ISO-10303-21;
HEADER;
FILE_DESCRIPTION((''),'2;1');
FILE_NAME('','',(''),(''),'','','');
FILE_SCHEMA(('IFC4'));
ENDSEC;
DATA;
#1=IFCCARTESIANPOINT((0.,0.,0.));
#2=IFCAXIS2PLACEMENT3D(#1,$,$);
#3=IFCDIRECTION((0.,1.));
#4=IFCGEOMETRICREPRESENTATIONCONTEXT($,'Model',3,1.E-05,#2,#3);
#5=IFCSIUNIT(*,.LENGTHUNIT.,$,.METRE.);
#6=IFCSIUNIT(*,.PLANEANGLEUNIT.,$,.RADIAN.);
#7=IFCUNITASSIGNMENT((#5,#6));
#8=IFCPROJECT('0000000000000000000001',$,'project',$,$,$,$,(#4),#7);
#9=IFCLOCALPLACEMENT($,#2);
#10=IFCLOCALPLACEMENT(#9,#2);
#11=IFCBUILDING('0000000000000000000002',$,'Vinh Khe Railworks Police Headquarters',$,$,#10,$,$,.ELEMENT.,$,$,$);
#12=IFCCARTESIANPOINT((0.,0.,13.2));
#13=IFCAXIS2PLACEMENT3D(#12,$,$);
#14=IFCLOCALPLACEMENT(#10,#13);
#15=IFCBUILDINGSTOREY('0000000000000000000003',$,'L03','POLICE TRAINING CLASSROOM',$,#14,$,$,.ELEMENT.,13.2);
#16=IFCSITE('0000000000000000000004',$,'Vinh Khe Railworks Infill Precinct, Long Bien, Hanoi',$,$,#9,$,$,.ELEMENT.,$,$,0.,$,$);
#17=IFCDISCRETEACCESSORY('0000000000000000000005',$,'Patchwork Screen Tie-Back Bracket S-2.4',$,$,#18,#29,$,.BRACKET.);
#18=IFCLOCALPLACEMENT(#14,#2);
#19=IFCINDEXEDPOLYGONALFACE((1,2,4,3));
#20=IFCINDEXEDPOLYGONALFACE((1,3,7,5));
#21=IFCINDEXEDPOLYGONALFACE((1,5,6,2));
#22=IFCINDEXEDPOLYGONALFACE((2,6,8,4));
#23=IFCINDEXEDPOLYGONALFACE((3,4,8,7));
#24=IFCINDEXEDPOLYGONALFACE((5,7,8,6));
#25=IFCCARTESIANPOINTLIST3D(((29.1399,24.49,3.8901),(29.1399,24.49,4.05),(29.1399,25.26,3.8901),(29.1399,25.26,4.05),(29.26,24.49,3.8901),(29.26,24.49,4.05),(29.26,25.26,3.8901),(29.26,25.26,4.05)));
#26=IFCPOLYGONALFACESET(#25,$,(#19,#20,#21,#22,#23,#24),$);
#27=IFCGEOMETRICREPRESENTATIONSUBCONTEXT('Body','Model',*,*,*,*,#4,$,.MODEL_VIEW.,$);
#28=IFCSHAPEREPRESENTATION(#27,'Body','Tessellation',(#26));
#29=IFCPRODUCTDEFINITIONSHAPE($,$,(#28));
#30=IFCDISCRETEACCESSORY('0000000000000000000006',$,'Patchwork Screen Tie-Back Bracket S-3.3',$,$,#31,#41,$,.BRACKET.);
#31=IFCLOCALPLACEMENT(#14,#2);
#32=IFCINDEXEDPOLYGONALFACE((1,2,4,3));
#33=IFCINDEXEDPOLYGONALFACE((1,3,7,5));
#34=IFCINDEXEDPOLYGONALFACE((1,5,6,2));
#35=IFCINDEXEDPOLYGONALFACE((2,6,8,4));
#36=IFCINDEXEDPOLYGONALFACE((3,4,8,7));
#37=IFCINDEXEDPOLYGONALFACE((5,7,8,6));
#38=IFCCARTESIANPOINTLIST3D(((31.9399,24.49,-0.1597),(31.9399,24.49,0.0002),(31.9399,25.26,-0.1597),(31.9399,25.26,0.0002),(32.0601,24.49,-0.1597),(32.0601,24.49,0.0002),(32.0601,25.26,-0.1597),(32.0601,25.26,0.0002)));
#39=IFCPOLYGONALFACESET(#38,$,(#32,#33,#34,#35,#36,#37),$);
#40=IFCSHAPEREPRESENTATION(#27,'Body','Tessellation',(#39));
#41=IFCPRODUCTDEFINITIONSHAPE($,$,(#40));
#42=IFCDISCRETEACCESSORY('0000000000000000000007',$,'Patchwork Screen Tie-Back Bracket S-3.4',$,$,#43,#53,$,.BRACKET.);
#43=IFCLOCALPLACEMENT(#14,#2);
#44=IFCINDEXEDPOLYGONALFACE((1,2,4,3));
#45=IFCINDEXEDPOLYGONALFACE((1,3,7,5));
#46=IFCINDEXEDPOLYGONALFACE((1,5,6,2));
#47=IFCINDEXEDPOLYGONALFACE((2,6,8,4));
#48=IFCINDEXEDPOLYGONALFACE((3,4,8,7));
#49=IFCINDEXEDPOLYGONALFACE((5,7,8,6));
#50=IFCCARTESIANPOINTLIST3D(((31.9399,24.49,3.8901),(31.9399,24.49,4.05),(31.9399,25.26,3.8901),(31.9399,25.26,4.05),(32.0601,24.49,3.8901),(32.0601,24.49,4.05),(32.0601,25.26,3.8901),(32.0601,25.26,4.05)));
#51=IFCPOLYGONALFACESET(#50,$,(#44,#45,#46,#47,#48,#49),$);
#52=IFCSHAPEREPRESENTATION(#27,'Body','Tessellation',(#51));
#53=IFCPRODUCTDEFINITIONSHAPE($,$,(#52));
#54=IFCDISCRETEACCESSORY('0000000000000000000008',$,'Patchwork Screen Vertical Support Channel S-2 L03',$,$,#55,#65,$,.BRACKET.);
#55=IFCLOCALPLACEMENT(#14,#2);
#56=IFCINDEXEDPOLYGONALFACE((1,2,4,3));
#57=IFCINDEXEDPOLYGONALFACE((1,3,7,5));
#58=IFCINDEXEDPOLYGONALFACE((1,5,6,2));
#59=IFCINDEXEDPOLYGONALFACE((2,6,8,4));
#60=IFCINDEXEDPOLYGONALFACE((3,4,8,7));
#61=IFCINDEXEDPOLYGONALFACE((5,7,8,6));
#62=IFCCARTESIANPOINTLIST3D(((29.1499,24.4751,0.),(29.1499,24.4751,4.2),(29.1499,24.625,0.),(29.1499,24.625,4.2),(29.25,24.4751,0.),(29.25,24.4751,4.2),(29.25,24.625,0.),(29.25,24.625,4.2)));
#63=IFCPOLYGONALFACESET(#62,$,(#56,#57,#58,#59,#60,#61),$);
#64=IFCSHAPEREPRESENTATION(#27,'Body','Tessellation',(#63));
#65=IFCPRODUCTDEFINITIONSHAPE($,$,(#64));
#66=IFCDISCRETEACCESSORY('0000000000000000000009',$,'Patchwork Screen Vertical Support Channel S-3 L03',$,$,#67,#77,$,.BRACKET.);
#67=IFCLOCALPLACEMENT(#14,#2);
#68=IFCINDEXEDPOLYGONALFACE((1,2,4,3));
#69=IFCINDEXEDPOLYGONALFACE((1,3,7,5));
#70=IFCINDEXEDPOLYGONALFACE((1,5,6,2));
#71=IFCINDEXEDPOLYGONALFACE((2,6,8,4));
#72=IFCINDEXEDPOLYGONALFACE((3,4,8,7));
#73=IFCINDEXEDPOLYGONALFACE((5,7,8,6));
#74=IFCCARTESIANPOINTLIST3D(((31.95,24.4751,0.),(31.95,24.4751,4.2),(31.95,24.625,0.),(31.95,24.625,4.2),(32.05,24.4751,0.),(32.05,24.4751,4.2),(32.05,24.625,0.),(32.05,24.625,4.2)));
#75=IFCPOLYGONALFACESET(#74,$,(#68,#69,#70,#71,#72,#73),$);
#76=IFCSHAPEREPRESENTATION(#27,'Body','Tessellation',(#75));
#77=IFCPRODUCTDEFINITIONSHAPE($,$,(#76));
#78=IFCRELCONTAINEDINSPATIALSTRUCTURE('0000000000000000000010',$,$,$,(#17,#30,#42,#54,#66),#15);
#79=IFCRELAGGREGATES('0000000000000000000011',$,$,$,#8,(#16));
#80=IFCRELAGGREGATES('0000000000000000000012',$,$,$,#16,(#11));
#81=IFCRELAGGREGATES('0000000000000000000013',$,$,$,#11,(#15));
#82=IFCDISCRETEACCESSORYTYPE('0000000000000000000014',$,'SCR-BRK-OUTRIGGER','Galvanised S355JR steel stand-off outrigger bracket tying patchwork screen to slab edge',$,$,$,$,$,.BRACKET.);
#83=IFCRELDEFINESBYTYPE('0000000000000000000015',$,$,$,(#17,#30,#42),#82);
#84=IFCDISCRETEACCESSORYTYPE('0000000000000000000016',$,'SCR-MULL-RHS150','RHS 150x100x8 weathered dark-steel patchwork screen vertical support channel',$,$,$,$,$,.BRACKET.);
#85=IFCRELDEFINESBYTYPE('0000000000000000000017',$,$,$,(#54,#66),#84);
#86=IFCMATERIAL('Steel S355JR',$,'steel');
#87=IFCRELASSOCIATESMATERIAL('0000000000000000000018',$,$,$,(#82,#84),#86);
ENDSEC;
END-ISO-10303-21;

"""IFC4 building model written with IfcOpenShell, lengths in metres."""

from ifc_helpers import new_model, si_unit, direction, frame, origin, origin_2d, place, context, subcontext, project, spatial, rectangle, extrude, material, type_object, element, save


model = new_model("IFC4")

# Units and contexts
model_context = context("Model", 3, precision=1e-05, world=origin(), true_north=direction((0.0, 1.0)))
body_context = subcontext(model_context, "Body", "Model", "MODEL_VIEW")
ifc_project = project(units=[si_unit("LENGTHUNIT", "METRE"), si_unit("PLANEANGLEUNIT", "RADIAN")], contexts=[model_context])

# Site, building, storey
site_placement = place(None, origin())
site = spatial("IfcSite", under=ifc_project, at=site_placement, Name="Vinh Khe Railworks Infill Precinct, Long Bien, Hanoi", CompositionType="ELEMENT", RefElevation=0.0)
building_placement = place(site_placement, origin())
building = spatial("IfcBuilding", under=site, at=building_placement, Name="Vinh Khe Railworks Police Headquarters", CompositionType="ELEMENT")
storey_placement = place(building_placement, frame((0.0, 0.0, 13.2)))
storey = spatial("IfcBuildingStorey", under=building, at=storey_placement, Name="L03", Description="POLICE TRAINING CLASSROOM", CompositionType="ELEMENT", Elevation=13.2)

# Shared definitions
ifc_material_1 = material(Name="Steel S355JR", Category="steel")

# Discrete accessories
discrete_accessory_type_1 = type_object("IfcDiscreteAccessoryType", Name="SCR-BRK-OUTRIGGER", Description="Galvanised S355JR steel stand-off outrigger bracket tying patchwork screen to slab edge", PredefinedType="BRACKET", material=ifc_material_1)
for number, where, z_axis, x_axis, name in (
    (1, (29.2, 24.875, 3.8901), (0.0, 0.0, 1.0), (1.0, 0.0, 0.0), "Patchwork Screen Tie-Back Bracket S-2.4"),
    (2, (32.0, 24.875, -0.1597), (0.0, 0.0, 1.0), (1.0, 0.0, 0.0), "Patchwork Screen Tie-Back Bracket S-3.3"),
    (3, (32.0, 24.875, 3.8901), (0.0, 0.0, 1.0), (1.0, 0.0, 0.0), "Patchwork Screen Tie-Back Bracket S-3.4"),
):
    element("IfcDiscreteAccessory", number, at=place(storey_placement, frame(where, z_axis=z_axis, x_axis=x_axis)), inside=storey, type_object=discrete_accessory_type_1, Name=name, PredefinedType="BRACKET", context=body_context, shape_type="SweptSolid", body=[
        extrude(rectangle(XDim=0.1201, YDim=0.77, at=origin_2d()), origin(), (0.0, 0.0, 1.0), 0.1599),
    ])
discrete_accessory_type_2 = type_object("IfcDiscreteAccessoryType", Name="SCR-MULL-RHS150", Description="RHS 150x100x8 weathered dark-steel patchwork screen vertical support channel", PredefinedType="BRACKET", material=ifc_material_1)
for number, where, z_axis, x_axis, name in (
    (4, (29.2, 24.55, 0.0), (0.0, 0.0, 1.0), (1.0, 0.0, 0.0), "Patchwork Screen Vertical Support Channel S-2 L03"),
    (5, (32.0, 24.55, 0.0), (0.0, 0.0, 1.0), (1.0, 0.0, 0.0), "Patchwork Screen Vertical Support Channel S-3 L03"),
):
    element("IfcDiscreteAccessory", number, at=place(storey_placement, frame(where, z_axis=z_axis, x_axis=x_axis)), inside=storey, type_object=discrete_accessory_type_2, Name=name, PredefinedType="BRACKET", context=body_context, shape_type="SweptSolid", body=[
        extrude(rectangle(XDim=0.1001, YDim=0.1499, at=origin_2d()), origin(), (0.0, 0.0, 1.0), 4.2),
    ])

save(model, "model.ifc")
